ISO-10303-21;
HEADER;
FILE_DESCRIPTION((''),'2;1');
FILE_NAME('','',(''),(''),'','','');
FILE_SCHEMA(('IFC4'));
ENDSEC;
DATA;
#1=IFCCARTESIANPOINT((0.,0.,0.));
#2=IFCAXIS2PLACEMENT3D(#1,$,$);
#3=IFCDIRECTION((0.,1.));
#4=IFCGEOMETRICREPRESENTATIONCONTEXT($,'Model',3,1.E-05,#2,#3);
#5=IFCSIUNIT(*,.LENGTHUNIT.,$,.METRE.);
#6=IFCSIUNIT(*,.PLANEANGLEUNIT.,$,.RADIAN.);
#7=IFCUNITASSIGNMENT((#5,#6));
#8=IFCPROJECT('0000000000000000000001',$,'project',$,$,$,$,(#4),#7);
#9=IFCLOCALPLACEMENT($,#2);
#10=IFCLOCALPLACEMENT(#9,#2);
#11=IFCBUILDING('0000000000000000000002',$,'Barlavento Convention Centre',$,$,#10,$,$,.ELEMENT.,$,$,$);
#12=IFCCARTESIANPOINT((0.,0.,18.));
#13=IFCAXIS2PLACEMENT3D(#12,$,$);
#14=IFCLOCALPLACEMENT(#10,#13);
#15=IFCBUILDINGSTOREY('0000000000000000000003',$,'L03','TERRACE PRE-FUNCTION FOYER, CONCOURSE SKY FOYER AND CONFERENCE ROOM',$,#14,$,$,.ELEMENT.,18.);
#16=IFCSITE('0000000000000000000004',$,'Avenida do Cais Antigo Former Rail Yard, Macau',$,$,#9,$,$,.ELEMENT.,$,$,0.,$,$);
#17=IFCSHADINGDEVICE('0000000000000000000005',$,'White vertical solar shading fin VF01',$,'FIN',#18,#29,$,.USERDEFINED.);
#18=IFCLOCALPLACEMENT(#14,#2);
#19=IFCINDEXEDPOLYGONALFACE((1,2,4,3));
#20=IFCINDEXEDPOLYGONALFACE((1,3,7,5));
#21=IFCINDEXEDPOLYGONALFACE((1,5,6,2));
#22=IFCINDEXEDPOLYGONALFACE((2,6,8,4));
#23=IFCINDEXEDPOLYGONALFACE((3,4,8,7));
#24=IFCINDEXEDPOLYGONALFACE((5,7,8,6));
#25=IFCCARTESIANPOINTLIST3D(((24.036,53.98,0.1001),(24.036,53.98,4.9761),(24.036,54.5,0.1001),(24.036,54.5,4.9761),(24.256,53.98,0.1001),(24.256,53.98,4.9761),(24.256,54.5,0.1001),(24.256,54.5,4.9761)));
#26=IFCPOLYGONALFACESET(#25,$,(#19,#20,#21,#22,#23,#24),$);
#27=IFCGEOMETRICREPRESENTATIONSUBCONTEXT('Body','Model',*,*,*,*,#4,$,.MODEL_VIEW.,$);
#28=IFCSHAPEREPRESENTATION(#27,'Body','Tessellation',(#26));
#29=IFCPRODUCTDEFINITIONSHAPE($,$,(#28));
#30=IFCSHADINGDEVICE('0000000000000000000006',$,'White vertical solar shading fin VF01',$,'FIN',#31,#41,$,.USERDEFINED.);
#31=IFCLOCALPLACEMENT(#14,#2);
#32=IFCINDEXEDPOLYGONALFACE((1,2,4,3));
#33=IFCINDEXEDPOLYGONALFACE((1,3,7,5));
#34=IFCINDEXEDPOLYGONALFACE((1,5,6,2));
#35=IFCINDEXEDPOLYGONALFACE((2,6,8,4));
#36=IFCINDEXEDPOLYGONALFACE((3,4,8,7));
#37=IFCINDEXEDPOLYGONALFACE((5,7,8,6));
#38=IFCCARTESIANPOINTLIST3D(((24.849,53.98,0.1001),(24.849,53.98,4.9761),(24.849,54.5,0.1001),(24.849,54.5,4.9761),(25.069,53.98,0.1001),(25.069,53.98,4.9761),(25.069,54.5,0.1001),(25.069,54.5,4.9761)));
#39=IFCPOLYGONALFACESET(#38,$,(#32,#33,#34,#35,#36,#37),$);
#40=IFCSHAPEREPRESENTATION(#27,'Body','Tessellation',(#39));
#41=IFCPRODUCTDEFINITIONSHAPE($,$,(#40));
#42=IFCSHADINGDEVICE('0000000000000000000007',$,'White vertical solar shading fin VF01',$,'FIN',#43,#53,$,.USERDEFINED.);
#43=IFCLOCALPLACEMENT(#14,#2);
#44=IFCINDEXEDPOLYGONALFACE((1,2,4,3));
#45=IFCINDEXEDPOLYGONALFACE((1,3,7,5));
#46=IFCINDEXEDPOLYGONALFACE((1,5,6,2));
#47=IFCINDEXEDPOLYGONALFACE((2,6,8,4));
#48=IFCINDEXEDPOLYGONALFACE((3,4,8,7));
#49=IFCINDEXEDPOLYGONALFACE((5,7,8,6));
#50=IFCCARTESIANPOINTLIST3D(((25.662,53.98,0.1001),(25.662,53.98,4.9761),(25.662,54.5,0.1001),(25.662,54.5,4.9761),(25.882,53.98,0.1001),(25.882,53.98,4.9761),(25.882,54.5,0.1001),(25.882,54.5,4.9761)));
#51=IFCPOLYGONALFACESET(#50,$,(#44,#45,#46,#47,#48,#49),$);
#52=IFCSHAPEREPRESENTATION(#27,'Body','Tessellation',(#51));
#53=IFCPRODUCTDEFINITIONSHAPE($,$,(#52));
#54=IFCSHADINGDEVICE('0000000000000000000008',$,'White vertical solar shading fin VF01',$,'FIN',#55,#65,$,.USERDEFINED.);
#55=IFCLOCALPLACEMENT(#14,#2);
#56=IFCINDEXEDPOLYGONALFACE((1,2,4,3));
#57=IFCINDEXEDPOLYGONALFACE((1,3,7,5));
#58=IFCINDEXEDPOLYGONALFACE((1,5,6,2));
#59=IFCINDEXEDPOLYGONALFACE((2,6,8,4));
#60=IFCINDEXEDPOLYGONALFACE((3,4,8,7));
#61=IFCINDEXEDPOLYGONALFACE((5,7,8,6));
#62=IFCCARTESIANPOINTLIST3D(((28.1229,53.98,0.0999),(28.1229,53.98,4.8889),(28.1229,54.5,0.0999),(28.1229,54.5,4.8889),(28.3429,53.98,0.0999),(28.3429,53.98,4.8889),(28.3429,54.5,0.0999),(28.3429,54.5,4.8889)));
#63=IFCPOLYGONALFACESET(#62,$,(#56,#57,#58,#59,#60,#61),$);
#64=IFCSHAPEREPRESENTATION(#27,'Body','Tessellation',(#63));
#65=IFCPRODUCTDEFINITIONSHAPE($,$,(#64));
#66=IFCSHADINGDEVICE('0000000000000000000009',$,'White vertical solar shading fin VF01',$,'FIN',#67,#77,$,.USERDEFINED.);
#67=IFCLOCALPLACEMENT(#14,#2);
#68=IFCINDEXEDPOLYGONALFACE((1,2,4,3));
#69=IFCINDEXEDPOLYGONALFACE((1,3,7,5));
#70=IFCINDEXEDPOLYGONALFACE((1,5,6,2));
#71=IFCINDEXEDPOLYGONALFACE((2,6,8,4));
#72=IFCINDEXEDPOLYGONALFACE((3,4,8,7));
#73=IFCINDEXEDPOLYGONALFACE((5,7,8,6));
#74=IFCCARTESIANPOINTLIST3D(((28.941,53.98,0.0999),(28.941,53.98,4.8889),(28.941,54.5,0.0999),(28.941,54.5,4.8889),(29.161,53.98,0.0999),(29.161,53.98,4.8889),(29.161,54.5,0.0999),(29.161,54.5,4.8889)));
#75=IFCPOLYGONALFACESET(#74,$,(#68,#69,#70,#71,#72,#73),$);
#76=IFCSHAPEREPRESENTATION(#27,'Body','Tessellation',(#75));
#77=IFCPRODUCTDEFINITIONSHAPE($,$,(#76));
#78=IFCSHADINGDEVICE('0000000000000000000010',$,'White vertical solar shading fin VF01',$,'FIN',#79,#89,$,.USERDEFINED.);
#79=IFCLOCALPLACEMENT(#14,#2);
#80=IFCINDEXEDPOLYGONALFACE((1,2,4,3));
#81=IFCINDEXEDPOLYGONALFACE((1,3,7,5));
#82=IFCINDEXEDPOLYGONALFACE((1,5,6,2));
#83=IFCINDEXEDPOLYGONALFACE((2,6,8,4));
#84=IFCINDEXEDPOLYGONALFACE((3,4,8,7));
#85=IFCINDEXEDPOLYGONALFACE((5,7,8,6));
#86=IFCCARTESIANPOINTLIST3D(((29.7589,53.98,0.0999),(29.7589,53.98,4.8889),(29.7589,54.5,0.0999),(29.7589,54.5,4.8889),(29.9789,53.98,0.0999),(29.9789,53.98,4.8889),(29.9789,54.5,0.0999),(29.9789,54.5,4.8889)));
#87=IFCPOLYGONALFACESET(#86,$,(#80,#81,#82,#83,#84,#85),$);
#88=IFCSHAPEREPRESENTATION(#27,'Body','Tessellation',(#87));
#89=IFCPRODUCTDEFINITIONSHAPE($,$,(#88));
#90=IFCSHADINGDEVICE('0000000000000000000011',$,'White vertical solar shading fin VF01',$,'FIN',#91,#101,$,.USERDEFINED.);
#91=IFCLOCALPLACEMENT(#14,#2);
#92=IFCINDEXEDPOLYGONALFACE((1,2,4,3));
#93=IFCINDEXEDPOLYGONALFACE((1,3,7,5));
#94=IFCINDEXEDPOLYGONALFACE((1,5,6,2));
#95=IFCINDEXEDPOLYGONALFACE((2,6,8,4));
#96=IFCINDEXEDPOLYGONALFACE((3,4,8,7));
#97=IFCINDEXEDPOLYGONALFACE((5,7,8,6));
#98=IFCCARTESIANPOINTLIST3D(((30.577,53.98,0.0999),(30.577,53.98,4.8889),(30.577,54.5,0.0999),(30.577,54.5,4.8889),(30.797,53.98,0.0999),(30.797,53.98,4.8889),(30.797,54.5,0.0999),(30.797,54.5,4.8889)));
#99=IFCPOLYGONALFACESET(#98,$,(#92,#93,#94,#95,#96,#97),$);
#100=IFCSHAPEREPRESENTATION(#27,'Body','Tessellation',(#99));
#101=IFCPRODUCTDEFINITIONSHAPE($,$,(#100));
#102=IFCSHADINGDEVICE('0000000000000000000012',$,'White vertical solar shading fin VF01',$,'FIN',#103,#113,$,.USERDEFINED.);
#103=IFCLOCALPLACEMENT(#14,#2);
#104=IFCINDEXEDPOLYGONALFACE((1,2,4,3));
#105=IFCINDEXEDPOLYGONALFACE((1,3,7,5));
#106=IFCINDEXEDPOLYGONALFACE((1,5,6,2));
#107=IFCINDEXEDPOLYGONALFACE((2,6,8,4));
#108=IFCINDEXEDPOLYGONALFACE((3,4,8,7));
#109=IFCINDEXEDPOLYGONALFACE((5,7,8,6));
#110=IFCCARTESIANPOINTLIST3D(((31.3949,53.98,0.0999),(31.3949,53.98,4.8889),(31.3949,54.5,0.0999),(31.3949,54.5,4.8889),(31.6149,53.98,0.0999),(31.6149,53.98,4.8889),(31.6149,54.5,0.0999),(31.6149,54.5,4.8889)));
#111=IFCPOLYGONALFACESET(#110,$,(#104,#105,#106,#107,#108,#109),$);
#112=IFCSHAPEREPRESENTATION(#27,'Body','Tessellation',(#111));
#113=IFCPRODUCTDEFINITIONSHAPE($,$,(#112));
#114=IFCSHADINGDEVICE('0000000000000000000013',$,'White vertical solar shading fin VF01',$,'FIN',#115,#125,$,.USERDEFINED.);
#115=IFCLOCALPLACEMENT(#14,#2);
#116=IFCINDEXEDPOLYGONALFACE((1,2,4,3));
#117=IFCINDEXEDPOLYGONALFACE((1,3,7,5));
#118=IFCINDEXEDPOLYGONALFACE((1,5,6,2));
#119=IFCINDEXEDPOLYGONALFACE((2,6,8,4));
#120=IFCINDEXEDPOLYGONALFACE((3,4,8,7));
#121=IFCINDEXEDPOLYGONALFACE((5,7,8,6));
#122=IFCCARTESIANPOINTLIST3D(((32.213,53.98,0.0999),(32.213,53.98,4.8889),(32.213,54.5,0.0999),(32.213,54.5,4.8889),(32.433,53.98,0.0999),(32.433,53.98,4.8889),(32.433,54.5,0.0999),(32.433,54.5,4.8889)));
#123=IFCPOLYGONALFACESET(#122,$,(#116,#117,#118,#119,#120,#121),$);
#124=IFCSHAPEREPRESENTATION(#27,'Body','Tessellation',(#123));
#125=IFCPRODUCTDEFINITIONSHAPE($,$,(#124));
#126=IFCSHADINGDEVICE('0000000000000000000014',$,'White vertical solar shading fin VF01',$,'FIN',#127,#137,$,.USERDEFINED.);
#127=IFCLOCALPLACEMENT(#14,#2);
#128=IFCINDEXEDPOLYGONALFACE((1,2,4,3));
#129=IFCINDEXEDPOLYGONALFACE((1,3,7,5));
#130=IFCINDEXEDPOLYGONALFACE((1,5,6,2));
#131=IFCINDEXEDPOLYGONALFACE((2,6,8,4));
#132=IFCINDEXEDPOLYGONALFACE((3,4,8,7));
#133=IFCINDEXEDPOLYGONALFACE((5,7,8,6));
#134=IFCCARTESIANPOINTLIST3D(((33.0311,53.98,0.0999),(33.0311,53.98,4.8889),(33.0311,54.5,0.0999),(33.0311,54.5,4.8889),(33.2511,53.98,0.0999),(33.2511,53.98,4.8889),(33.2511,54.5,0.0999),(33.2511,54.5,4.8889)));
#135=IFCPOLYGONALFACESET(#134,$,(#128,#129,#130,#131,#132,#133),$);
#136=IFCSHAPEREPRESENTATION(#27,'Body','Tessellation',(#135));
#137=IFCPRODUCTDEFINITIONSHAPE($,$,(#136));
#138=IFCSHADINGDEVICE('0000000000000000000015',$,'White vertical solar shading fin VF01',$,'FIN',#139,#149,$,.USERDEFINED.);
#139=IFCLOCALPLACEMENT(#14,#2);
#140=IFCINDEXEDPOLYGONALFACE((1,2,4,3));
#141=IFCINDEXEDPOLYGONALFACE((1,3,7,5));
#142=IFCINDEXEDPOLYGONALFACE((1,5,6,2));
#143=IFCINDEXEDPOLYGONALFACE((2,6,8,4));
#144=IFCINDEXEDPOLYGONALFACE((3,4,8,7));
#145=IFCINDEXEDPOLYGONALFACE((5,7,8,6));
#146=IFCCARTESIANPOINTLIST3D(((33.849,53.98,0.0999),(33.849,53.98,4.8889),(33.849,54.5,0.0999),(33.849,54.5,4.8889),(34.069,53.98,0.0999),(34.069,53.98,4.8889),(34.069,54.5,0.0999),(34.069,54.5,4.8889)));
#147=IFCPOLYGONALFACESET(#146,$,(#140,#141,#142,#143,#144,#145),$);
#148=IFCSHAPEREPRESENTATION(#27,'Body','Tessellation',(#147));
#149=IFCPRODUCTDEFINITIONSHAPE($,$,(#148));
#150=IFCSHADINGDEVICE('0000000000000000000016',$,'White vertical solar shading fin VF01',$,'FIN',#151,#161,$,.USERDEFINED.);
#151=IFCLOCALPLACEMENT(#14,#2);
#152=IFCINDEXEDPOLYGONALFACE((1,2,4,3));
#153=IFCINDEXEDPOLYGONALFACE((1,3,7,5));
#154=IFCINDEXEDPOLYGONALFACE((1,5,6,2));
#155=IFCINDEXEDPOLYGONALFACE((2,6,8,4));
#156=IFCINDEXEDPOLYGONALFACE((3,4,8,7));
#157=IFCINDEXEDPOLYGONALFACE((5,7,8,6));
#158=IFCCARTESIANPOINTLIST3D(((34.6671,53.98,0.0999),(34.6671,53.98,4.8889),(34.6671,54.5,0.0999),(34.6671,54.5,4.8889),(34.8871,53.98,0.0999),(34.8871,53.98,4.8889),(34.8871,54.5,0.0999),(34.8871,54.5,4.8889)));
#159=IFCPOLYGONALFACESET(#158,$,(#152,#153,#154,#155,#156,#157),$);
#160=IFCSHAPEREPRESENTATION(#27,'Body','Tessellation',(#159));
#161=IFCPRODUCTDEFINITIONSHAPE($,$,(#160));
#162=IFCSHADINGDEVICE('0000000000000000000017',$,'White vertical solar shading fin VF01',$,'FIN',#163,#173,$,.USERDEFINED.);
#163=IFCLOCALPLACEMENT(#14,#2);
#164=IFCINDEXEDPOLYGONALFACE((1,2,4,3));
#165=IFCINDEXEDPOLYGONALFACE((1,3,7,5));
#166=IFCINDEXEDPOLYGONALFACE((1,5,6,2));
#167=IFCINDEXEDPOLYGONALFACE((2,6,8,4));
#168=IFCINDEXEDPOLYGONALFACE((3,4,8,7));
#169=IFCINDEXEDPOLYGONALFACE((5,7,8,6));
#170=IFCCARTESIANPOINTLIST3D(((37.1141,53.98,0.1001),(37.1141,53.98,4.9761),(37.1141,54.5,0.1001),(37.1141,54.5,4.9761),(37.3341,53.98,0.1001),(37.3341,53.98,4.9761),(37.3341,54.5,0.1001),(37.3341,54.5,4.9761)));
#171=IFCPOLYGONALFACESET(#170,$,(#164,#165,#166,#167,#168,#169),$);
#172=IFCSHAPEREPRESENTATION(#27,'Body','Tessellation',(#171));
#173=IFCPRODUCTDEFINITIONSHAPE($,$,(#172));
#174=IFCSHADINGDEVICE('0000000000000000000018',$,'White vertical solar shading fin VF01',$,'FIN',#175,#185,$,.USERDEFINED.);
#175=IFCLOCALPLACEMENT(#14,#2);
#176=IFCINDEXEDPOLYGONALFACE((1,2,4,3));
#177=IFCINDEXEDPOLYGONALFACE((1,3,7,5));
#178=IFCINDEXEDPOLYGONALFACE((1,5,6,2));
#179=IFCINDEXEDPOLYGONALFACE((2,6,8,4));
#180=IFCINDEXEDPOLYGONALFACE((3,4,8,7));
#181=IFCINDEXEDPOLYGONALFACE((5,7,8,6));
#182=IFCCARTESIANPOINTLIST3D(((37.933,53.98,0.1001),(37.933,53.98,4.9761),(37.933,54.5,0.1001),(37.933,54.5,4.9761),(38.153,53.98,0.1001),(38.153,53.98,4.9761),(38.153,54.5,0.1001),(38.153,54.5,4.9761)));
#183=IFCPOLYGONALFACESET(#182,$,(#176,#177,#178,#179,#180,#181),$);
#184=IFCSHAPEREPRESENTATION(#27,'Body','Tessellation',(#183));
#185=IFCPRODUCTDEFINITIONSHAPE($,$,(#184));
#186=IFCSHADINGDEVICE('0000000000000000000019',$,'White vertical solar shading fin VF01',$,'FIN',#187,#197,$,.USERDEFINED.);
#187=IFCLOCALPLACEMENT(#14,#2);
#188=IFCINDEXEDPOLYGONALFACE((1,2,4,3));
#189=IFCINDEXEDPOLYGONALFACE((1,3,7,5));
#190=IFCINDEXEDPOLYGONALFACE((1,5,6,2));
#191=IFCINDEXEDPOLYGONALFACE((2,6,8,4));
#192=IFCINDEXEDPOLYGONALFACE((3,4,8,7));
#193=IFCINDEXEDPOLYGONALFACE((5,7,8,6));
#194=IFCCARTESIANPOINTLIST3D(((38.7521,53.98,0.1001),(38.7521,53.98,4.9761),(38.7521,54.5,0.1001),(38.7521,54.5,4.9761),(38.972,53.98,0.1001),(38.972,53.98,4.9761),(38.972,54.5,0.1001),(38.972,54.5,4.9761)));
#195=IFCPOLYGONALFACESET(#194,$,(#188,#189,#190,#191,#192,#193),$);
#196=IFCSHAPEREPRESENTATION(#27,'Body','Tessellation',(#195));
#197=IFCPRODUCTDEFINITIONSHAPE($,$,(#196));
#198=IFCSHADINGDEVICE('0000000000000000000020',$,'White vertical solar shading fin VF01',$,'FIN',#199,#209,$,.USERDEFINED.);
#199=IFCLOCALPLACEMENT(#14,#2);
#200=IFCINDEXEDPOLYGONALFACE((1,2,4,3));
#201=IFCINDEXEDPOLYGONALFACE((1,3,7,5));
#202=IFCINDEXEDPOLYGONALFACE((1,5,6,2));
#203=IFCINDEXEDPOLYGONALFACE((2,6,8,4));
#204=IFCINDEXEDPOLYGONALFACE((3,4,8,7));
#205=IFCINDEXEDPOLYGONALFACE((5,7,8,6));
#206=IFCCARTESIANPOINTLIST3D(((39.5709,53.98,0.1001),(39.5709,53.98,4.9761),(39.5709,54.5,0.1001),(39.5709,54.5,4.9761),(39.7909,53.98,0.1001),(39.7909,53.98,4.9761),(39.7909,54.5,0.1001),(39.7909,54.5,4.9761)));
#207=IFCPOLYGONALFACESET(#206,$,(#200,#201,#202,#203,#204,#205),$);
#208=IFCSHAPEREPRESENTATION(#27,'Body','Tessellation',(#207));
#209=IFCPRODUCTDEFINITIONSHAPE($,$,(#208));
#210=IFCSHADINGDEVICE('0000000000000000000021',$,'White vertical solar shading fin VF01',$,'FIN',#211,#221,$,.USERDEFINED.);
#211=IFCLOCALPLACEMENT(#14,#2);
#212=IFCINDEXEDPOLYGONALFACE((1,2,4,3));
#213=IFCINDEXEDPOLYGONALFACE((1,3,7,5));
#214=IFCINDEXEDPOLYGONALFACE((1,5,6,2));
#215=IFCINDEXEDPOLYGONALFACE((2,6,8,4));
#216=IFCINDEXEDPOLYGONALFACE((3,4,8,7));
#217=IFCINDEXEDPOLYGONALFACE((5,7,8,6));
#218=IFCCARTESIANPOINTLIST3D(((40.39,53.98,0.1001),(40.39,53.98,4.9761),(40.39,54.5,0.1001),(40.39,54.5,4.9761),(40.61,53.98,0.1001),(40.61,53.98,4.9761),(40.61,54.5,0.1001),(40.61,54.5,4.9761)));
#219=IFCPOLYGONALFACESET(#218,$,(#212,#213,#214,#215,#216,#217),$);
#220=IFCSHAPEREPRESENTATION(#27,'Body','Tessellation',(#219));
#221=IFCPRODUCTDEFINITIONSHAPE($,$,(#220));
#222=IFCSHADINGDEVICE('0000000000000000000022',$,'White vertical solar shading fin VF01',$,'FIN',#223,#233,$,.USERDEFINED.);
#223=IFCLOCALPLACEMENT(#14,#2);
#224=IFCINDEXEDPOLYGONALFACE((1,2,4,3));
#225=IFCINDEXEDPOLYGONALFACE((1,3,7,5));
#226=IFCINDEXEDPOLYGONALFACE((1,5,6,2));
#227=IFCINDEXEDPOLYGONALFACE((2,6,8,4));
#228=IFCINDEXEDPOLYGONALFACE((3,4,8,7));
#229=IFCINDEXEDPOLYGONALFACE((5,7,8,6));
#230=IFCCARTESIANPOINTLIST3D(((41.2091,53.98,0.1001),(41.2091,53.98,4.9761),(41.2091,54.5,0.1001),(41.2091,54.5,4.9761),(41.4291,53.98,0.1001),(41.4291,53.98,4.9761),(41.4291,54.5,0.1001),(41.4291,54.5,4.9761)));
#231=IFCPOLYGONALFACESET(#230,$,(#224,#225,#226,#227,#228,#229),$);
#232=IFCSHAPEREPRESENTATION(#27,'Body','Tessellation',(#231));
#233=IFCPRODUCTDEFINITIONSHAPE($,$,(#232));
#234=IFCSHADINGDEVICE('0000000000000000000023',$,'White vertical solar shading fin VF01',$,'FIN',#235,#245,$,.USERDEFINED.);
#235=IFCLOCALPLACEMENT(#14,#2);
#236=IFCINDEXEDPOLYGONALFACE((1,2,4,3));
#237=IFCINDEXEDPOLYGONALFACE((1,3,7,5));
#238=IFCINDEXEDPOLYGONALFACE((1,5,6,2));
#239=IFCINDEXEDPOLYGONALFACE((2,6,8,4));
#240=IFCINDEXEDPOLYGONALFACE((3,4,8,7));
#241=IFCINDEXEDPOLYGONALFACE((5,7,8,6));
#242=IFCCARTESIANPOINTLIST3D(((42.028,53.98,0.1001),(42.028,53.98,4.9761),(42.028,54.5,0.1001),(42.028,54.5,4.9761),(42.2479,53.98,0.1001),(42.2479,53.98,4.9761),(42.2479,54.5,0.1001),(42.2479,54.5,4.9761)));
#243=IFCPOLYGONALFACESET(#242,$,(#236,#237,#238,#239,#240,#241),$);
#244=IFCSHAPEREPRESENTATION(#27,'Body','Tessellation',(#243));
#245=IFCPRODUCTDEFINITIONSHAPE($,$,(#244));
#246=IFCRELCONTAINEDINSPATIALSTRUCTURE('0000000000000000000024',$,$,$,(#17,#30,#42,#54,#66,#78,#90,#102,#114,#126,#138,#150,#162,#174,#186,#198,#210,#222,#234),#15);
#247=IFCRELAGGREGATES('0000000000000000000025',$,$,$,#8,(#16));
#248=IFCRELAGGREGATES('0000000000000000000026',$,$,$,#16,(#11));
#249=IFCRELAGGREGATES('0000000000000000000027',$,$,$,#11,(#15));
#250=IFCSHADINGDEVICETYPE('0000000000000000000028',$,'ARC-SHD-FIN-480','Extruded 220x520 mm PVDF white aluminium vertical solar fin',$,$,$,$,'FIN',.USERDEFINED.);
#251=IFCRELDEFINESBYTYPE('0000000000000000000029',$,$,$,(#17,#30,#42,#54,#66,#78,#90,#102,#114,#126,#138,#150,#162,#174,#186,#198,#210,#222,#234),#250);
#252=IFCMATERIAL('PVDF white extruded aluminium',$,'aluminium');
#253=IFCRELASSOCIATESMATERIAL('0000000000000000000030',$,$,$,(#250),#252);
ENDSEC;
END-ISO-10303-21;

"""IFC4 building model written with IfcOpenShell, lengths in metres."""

from ifc_helpers import new_model, si_unit, direction, frame, origin, origin_2d, place, context, subcontext, project, spatial, rectangle, extrude, material, type_object, element, save


model = new_model("IFC4")

# Units and contexts
model_context = context("Model", 3, precision=1e-05, world=origin(), true_north=direction((0.0, 1.0)))
body_context = subcontext(model_context, "Body", "Model", "MODEL_VIEW")
ifc_project = project(units=[si_unit("LENGTHUNIT", "METRE"), si_unit("PLANEANGLEUNIT", "RADIAN")], contexts=[model_context])

# Site, building, storey
site_placement = place(None, origin())
site = spatial("IfcSite", under=ifc_project, at=site_placement, Name="Avenida do Cais Antigo Former Rail Yard, Macau", CompositionType="ELEMENT", RefElevation=0.0)
building_placement = place(site_placement, origin())
building = spatial("IfcBuilding", under=site, at=building_placement, Name="Barlavento Convention Centre", CompositionType="ELEMENT")
storey_placement = place(building_placement, frame((0.0, 0.0, 18.0)))
storey = spatial("IfcBuildingStorey", under=building, at=storey_placement, Name="L03", Description="TERRACE PRE-FUNCTION FOYER, CONCOURSE SKY FOYER AND CONFERENCE ROOM", CompositionType="ELEMENT", Elevation=18.0)

# Shading devices
ifc_material_1 = material(Name="PVDF white extruded aluminium", Category="aluminium")
shading_device_type = type_object("IfcShadingDeviceType", Name="ARC-SHD-FIN-480", Description="Extruded 220x520 mm PVDF white aluminium vertical solar fin", ElementType="FIN", PredefinedType="USERDEFINED", material=ifc_material_1)
for number, where, z_axis, x_axis, name in (
    (1, (24.146, 54.24, 0.1001), (0.0, 0.0, 1.0), (1.0, 0.0, 0.0), "White vertical solar shading fin VF01"),
    (2, (24.959, 54.24, 0.1001), (0.0, 0.0, 1.0), (1.0, 0.0, 0.0), "White vertical solar shading fin VF01"),
    (3, (25.772, 54.24, 0.1001), (0.0, 0.0, 1.0), (1.0, 0.0, 0.0), "White vertical solar shading fin VF01"),
):
    element("IfcShadingDevice", number, at=place(storey_placement, frame(where, z_axis=z_axis, x_axis=x_axis)), inside=storey, type_object=shading_device_type, Name=name, ObjectType="FIN", PredefinedType="USERDEFINED", context=body_context, shape_type="SweptSolid", body=[
        extrude(rectangle(XDim=0.22, YDim=0.52, at=origin_2d()), origin(), (0.0, 0.0, 1.0), 4.876),
    ])
for number, where, z_axis, x_axis, name in (
    (4, (28.2329, 54.24, 0.0999), (0.0, 0.0, 1.0), (1.0, 0.0, 0.0), "White vertical solar shading fin VF01"),
    (5, (29.051, 54.24, 0.0999), (0.0, 0.0, 1.0), (1.0, 0.0, 0.0), "White vertical solar shading fin VF01"),
    (6, (29.8689, 54.24, 0.0999), (0.0, 0.0, 1.0), (1.0, 0.0, 0.0), "White vertical solar shading fin VF01"),
    (7, (30.687, 54.24, 0.0999), (0.0, 0.0, 1.0), (1.0, 0.0, 0.0), "White vertical solar shading fin VF01"),
    (8, (31.5049, 54.24, 0.0999), (0.0, 0.0, 1.0), (1.0, 0.0, 0.0), "White vertical solar shading fin VF01"),
    (9, (32.323, 54.24, 0.0999), (0.0, 0.0, 1.0), (1.0, 0.0, 0.0), "White vertical solar shading fin VF01"),
    (10, (33.1411, 54.24, 0.0999), (0.0, 0.0, 1.0), (1.0, 0.0, 0.0), "White vertical solar shading fin VF01"),
    (11, (33.959, 54.24, 0.0999), (0.0, 0.0, 1.0), (1.0, 0.0, 0.0), "White vertical solar shading fin VF01"),
    (12, (34.7771, 54.24, 0.0999), (0.0, 0.0, 1.0), (1.0, 0.0, 0.0), "White vertical solar shading fin VF01"),
):
    element("IfcShadingDevice", number, at=place(storey_placement, frame(where, z_axis=z_axis, x_axis=x_axis)), inside=storey, type_object=shading_device_type, Name=name, ObjectType="FIN", PredefinedType="USERDEFINED", context=body_context, shape_type="SweptSolid", body=[
        extrude(rectangle(XDim=0.22, YDim=0.52, at=origin_2d()), origin(), (0.0, 0.0, 1.0), 4.7891),
    ])
for number, where, z_axis, x_axis, name in (
    (13, (37.2241, 54.24, 0.1001), (0.0, 0.0, 1.0), (1.0, 0.0, 0.0), "White vertical solar shading fin VF01"),
    (14, (38.043, 54.24, 0.1001), (0.0, 0.0, 1.0), (1.0, 0.0, 0.0), "White vertical solar shading fin VF01"),
    (15, (38.8621, 54.24, 0.1001), (0.0, 0.0, 1.0), (1.0, 0.0, 0.0), "White vertical solar shading fin VF01"),
    (16, (39.6809, 54.24, 0.1001), (0.0, 0.0, 1.0), (1.0, 0.0, 0.0), "White vertical solar shading fin VF01"),
    (17, (40.5, 54.24, 0.1001), (0.0, 0.0, 1.0), (1.0, 0.0, 0.0), "White vertical solar shading fin VF01"),
    (18, (41.3191, 54.24, 0.1001), (0.0, 0.0, 1.0), (1.0, 0.0, 0.0), "White vertical solar shading fin VF01"),
    (19, (42.1379, 54.24, 0.1001), (0.0, 0.0, 1.0), (1.0, 0.0, 0.0), "White vertical solar shading fin VF01"),
):
    element("IfcShadingDevice", number, at=place(storey_placement, frame(where, z_axis=z_axis, x_axis=x_axis)), inside=storey, type_object=shading_device_type, Name=name, ObjectType="FIN", PredefinedType="USERDEFINED", context=body_context, shape_type="SweptSolid", body=[
        extrude(rectangle(XDim=0.22, YDim=0.52, at=origin_2d()), origin(), (0.0, 0.0, 1.0), 4.876),
    ])

save(model, "model.ifc")
